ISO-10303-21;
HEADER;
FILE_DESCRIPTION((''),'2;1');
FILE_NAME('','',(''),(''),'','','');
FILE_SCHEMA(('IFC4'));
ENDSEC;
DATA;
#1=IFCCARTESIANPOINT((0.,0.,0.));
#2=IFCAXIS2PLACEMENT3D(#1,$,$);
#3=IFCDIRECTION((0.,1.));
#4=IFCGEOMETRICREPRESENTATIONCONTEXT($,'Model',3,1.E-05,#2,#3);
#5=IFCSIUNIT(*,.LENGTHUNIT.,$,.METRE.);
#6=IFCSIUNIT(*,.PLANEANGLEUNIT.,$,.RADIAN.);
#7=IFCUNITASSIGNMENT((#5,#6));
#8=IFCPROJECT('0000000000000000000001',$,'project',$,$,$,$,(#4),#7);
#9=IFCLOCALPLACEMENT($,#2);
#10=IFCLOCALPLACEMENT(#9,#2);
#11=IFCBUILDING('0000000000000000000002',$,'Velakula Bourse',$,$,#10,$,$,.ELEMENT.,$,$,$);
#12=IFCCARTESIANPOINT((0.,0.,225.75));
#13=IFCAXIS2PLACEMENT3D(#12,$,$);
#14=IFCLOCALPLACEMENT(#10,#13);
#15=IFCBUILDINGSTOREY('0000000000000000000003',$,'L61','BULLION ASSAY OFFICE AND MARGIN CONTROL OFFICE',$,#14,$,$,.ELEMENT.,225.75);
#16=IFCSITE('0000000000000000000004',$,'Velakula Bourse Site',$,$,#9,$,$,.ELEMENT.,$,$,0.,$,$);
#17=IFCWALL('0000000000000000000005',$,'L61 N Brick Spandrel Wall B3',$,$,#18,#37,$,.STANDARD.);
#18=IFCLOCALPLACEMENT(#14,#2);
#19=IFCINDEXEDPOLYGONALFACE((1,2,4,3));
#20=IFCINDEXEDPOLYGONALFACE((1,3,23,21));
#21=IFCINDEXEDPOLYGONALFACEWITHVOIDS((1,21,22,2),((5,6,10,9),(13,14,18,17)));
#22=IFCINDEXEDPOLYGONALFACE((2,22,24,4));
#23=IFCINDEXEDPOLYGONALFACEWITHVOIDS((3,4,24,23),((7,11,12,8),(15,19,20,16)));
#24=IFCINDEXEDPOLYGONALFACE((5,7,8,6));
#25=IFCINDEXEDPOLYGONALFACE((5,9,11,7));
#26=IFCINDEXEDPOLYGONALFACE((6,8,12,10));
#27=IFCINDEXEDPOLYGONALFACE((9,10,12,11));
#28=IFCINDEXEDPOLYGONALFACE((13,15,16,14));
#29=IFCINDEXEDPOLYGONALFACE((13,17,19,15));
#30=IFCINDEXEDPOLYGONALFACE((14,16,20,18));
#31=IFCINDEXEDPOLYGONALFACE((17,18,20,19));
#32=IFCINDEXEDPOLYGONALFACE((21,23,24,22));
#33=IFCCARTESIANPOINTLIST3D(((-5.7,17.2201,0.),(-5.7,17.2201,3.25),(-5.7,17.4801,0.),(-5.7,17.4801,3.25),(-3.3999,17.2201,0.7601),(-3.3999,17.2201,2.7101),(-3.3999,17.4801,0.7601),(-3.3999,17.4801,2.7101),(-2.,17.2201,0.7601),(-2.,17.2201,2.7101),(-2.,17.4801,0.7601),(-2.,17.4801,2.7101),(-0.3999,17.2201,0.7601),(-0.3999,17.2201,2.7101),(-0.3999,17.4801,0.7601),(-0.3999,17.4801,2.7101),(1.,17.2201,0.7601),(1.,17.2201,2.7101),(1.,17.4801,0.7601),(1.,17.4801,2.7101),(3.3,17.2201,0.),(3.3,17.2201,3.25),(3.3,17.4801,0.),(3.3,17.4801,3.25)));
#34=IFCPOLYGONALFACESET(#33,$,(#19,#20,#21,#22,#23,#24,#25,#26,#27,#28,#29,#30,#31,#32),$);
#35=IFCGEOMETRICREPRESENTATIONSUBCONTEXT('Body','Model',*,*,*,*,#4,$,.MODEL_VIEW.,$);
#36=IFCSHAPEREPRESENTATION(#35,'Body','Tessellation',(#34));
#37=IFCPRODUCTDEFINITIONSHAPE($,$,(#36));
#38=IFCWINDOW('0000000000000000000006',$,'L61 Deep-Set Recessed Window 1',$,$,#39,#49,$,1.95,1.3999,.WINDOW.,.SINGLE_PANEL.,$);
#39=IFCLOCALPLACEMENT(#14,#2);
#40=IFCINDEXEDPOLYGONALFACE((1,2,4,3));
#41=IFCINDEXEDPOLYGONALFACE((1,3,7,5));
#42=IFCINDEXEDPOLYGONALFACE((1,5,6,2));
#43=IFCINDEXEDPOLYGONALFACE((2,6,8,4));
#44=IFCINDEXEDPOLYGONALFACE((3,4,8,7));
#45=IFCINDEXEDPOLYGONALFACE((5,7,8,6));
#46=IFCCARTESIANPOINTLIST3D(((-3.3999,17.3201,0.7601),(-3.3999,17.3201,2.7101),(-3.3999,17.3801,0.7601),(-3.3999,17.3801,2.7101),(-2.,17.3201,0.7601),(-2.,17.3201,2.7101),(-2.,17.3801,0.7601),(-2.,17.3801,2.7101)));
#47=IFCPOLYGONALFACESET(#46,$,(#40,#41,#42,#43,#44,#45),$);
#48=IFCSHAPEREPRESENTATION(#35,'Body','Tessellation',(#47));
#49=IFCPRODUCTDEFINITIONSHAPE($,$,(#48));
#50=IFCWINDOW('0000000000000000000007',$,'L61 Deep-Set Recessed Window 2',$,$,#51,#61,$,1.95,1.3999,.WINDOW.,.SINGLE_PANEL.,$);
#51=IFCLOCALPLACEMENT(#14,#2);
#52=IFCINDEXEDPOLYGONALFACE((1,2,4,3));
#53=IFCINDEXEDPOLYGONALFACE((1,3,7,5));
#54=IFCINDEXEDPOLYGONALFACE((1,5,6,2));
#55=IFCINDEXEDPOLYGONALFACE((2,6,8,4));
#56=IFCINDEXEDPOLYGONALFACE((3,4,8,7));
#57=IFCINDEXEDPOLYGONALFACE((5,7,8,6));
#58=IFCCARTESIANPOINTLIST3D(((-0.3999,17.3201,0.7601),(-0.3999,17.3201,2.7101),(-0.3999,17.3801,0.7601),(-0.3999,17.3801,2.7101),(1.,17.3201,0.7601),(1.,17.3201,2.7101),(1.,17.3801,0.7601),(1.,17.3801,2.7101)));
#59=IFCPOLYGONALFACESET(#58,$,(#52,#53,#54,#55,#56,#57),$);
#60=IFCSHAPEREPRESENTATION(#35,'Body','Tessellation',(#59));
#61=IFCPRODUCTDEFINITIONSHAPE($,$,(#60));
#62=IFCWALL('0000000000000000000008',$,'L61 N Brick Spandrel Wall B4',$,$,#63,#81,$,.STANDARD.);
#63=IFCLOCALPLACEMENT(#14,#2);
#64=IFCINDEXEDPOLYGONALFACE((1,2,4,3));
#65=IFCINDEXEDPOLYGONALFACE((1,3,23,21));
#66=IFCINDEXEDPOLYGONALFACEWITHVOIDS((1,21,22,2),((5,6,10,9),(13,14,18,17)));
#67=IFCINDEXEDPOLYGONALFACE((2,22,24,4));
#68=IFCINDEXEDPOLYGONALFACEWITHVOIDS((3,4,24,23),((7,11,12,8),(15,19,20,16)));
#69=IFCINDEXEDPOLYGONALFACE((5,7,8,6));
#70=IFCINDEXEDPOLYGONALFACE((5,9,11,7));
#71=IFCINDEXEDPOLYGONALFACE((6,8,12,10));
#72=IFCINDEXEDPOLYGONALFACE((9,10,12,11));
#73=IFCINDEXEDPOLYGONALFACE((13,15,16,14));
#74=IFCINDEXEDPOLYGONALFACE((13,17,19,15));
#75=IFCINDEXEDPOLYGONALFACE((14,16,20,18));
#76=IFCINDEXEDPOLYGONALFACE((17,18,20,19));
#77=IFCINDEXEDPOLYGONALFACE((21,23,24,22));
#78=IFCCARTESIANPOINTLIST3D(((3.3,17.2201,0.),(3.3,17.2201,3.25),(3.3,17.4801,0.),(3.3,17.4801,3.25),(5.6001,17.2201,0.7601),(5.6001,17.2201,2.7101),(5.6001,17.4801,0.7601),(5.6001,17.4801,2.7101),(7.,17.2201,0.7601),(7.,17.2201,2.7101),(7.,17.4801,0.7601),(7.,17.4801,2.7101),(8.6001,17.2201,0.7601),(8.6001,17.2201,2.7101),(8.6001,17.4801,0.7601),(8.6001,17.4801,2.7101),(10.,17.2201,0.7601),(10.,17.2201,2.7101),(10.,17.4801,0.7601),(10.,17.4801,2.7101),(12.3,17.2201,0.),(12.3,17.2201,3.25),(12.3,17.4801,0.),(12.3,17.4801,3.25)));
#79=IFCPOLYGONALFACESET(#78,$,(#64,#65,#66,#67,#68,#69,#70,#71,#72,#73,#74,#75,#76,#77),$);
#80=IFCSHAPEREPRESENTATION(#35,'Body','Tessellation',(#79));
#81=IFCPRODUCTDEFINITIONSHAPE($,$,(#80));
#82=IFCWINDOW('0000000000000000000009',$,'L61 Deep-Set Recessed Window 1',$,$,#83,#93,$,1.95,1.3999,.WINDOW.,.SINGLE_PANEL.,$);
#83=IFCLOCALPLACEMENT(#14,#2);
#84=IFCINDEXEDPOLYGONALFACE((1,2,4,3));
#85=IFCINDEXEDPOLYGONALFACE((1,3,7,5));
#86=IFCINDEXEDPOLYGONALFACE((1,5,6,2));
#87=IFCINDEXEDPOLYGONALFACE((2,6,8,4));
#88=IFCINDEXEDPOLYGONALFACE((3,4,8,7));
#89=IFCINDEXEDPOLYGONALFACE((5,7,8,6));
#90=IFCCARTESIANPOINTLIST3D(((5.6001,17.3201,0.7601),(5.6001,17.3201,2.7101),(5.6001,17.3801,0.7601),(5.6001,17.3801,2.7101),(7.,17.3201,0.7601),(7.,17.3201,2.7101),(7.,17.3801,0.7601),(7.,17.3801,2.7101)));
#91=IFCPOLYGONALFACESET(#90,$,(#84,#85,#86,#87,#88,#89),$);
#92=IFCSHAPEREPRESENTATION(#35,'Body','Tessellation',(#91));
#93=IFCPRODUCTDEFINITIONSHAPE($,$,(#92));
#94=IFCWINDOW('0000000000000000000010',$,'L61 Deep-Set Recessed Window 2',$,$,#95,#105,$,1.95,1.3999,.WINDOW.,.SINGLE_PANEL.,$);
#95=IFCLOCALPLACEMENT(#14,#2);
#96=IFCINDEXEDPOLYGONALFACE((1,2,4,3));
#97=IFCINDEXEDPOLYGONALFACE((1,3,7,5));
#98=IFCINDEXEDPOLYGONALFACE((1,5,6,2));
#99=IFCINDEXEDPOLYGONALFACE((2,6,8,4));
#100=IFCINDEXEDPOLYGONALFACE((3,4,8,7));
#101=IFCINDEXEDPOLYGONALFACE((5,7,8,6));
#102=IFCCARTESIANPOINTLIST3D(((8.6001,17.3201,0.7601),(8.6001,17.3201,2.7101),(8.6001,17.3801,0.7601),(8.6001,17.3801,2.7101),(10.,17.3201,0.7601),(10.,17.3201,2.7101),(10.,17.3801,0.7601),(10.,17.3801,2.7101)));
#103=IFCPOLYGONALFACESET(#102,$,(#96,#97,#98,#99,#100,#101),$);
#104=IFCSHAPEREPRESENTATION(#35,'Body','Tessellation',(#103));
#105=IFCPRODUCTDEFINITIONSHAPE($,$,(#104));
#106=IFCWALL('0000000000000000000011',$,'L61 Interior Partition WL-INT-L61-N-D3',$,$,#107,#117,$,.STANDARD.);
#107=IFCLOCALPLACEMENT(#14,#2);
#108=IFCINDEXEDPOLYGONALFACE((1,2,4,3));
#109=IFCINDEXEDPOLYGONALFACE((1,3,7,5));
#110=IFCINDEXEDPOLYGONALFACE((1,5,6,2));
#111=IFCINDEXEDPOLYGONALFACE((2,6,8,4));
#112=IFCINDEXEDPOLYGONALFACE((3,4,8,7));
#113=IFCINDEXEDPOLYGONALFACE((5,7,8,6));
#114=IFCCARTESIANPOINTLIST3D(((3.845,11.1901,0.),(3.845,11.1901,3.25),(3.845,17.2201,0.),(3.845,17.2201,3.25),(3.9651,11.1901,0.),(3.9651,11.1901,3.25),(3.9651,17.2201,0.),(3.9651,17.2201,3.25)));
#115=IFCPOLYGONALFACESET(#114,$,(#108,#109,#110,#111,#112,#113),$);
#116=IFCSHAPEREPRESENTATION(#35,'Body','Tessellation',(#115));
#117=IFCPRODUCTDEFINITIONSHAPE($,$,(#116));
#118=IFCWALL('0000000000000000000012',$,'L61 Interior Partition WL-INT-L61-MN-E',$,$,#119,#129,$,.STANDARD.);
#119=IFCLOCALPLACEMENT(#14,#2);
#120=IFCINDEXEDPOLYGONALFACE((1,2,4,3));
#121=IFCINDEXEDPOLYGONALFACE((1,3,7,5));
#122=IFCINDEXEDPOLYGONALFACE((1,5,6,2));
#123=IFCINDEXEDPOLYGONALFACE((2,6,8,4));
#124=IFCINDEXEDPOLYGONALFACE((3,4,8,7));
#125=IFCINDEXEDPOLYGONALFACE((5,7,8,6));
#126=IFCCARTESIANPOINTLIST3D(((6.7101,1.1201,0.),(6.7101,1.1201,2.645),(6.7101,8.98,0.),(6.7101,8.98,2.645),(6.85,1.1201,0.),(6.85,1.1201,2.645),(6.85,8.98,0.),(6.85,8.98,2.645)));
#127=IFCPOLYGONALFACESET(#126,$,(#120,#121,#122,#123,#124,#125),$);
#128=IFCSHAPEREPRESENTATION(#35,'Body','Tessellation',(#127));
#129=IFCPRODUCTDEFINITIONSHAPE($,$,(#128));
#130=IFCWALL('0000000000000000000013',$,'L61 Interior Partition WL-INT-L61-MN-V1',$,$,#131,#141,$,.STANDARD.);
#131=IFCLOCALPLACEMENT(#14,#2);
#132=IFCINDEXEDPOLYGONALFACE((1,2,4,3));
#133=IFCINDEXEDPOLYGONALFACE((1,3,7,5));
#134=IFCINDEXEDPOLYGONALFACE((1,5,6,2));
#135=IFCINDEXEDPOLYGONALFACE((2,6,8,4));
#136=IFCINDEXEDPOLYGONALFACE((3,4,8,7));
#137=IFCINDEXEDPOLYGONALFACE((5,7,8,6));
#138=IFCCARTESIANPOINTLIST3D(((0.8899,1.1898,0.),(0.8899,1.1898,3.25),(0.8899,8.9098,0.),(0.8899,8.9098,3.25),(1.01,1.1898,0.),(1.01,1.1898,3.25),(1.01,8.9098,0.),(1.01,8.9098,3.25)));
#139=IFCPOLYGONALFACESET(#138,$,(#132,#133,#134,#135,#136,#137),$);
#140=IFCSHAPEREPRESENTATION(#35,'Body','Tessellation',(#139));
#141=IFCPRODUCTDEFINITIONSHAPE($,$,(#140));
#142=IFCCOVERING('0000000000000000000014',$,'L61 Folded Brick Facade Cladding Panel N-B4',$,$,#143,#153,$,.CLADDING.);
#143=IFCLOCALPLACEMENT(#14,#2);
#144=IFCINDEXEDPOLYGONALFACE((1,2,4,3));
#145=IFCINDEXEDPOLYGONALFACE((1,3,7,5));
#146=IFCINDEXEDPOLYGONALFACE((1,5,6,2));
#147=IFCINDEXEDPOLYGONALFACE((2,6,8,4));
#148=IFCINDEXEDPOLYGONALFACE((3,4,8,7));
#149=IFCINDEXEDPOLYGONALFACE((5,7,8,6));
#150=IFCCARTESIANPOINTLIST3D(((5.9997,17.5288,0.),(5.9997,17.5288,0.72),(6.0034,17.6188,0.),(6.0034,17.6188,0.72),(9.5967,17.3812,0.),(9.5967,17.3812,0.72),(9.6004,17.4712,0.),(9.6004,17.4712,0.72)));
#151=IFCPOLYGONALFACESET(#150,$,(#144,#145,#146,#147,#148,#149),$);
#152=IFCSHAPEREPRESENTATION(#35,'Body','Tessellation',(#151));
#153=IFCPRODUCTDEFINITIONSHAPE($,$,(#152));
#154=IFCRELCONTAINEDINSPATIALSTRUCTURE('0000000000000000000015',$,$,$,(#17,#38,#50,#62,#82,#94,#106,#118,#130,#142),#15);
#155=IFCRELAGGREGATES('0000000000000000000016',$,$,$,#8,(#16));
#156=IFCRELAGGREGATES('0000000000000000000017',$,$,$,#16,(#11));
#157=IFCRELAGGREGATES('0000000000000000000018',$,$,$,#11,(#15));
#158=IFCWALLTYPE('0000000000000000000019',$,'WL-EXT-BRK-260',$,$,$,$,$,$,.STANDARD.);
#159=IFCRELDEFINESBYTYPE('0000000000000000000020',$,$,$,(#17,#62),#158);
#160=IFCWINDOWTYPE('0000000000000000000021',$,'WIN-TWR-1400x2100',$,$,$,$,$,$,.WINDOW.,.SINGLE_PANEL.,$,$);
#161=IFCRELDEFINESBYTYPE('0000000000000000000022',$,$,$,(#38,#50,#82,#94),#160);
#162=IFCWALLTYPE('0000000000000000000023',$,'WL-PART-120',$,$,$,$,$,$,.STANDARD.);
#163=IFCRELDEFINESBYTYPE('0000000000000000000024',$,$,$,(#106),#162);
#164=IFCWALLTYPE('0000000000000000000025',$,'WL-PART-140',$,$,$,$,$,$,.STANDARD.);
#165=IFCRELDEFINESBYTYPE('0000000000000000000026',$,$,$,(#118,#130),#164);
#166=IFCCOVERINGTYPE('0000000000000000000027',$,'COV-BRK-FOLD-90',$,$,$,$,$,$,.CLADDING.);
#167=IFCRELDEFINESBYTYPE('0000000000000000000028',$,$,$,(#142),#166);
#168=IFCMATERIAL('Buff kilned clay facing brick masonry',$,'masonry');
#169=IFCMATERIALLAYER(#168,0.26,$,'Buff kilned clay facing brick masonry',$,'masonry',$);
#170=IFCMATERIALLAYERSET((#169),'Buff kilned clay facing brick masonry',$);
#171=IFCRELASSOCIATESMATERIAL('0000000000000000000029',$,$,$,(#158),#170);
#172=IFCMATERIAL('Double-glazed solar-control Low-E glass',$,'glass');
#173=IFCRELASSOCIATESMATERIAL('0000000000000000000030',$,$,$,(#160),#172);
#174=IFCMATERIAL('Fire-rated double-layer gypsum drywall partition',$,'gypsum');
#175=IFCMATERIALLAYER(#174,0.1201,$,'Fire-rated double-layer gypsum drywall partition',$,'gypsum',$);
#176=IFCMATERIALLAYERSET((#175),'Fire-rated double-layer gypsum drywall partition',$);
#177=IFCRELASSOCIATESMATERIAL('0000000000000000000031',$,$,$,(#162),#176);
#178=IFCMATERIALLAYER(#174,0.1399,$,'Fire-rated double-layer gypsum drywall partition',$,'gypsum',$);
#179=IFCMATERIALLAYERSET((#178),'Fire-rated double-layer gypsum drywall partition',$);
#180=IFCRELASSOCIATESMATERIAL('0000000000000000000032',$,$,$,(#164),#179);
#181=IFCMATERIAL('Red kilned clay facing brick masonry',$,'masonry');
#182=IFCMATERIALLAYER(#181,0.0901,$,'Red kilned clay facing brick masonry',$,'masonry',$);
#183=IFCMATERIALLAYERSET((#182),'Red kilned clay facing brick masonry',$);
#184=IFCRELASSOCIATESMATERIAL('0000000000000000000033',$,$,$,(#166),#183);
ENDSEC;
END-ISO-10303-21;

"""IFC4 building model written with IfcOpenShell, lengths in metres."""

from ifc_helpers import new_model, si_unit, direction, frame, frame_2d, origin, origin_2d, place, context, subcontext, project, spatial, rectangle, extrude, material, layer, layer_set, type_object, element, fill, save


model = new_model("IFC4")

# Units and contexts
model_context = context("Model", 3, precision=1e-05, world=origin(), true_north=direction((0.0, 1.0)))
body_context = subcontext(model_context, "Body", "Model", "MODEL_VIEW")
ifc_project = project(units=[si_unit("LENGTHUNIT", "METRE"), si_unit("PLANEANGLEUNIT", "RADIAN")], contexts=[model_context])

# Site, building, storey
site_placement = place(None, origin())
site = spatial("IfcSite", under=ifc_project, at=site_placement, Name="Velakula Bourse Site", CompositionType="ELEMENT", RefElevation=0.0)
building_placement = place(site_placement, origin())
building = spatial("IfcBuilding", under=site, at=building_placement, Name="Velakula Bourse", CompositionType="ELEMENT")
storey_placement = place(building_placement, frame((0.0, 0.0, 225.75)))
storey = spatial("IfcBuildingStorey", under=building, at=storey_placement, Name="L61", Description="BULLION ASSAY OFFICE AND MARGIN CONTROL OFFICE", CompositionType="ELEMENT", Elevation=225.75)

# Walls, openings, windows
ifc_material_1 = material(Name="Buff kilned clay facing brick masonry", Category="masonry")
ifc_layer_1 = layer(ifc_material_1, 0.26, Name="Buff kilned clay facing brick masonry", Category="masonry")
ifc_layer_set_1 = layer_set([ifc_layer_1], Name="Buff kilned clay facing brick masonry")
wall_type_1 = type_object("IfcWallType", Name="WL-EXT-BRK-260", PredefinedType="STANDARD", material=ifc_layer_set_1)
wall_1_placement = place(storey_placement, frame((-5.7, 17.3501, 0.0), z_axis=(0.0, 0.0, 1.0), x_axis=(1.0, 0.0, 0.0)))
wall_1 = element("IfcWall", 1, at=wall_1_placement, inside=storey, type_object=wall_type_1, Name="L61 N Brick Spandrel Wall B3", PredefinedType="STANDARD", context=body_context, shape_type="SweptSolid", body=[
    extrude(rectangle(XDim=9.0, YDim=0.26, at=frame_2d((4.5, 0.0))), origin(), (0.0, 0.0, 1.0), 3.25),
])
opening_1_placement = place(wall_1_placement, frame((2.3, 0.0, 0.76)))
opening_1 = element("IfcOpeningElement", 2, at=opening_1_placement, cuts=wall_1, PredefinedType="OPENING", context=body_context, shape_type="SweptSolid", body=[
    extrude(rectangle(XDim=1.3999, YDim=1.95, at=frame_2d((0.7, 0.9751))), frame((0.0, 0.1399, 0.0), z_axis=(0.0, -1.0, 0.0), x_axis=(1.0, 0.0, 0.0)), (0.0, 0.0, 1.0), 0.28),
])
opening_2_placement = place(wall_1_placement, frame((5.3, 0.0, 0.76)))
opening_2 = element("IfcOpeningElement", 3, at=opening_2_placement, cuts=wall_1, PredefinedType="OPENING", context=body_context, shape_type="SweptSolid", body=[
    extrude(rectangle(XDim=1.3999, YDim=1.95, at=frame_2d((0.7, 0.9751))), frame((0.0, 0.1399, 0.0), z_axis=(0.0, -1.0, 0.0), x_axis=(1.0, 0.0, 0.0)), (0.0, 0.0, 1.0), 0.28),
])
ifc_material_2 = material(Name="Double-glazed solar-control Low-E glass", Category="glass")
window_type = type_object("IfcWindowType", Name="WIN-TWR-1400x2100", PartitioningType="SINGLE_PANEL", PredefinedType="WINDOW", material=ifc_material_2)
window_1_placement = place(opening_1_placement, origin())
window_1 = element("IfcWindow", 4, at=window_1_placement, inside=storey, type_object=window_type, Name="L61 Deep-Set Recessed Window 1", OverallHeight=1.95, OverallWidth=1.3999, PartitioningType="SINGLE_PANEL", PredefinedType="WINDOW", context=body_context, shape_type="SweptSolid", body=[
    extrude(rectangle(XDim=1.3999, YDim=1.95, at=frame_2d((0.7, 0.9751))), frame((0.0, 0.03, 0.0), z_axis=(0.0, -1.0, 0.0), x_axis=(1.0, 0.0, 0.0)), (0.0, 0.0, 1.0), 0.0601),
])
fill(opening_1, window_1)
window_2_placement = place(opening_2_placement, origin())
window_2 = element("IfcWindow", 5, at=window_2_placement, inside=storey, type_object=window_type, Name="L61 Deep-Set Recessed Window 2", OverallHeight=1.95, OverallWidth=1.3999, PartitioningType="SINGLE_PANEL", PredefinedType="WINDOW", context=body_context, shape_type="SweptSolid", body=[
    extrude(rectangle(XDim=1.3999, YDim=1.95, at=frame_2d((0.7, 0.9751))), frame((0.0, 0.03, 0.0), z_axis=(0.0, -1.0, 0.0), x_axis=(1.0, 0.0, 0.0)), (0.0, 0.0, 1.0), 0.0601),
])
fill(opening_2, window_2)
wall_2_placement = place(storey_placement, frame((3.3, 17.3501, 0.0), z_axis=(0.0, 0.0, 1.0), x_axis=(1.0, 0.0, 0.0)))
wall_2 = element("IfcWall", 6, at=wall_2_placement, inside=storey, type_object=wall_type_1, Name="L61 N Brick Spandrel Wall B4", PredefinedType="STANDARD", context=body_context, shape_type="SweptSolid", body=[
    extrude(rectangle(XDim=9.0, YDim=0.26, at=frame_2d((4.5, 0.0))), origin(), (0.0, 0.0, 1.0), 3.25),
])
opening_3_placement = place(wall_2_placement, frame((2.3, 0.0, 0.76)))
opening_3 = element("IfcOpeningElement", 7, at=opening_3_placement, cuts=wall_2, PredefinedType="OPENING", context=body_context, shape_type="SweptSolid", body=[
    extrude(rectangle(XDim=1.3999, YDim=1.95, at=frame_2d((0.7, 0.9751))), frame((0.0, 0.1399, 0.0), z_axis=(0.0, -1.0, 0.0), x_axis=(1.0, 0.0, 0.0)), (0.0, 0.0, 1.0), 0.28),
])
opening_4_placement = place(wall_2_placement, frame((5.3, 0.0, 0.76)))
opening_4 = element("IfcOpeningElement", 8, at=opening_4_placement, cuts=wall_2, PredefinedType="OPENING", context=body_context, shape_type="SweptSolid", body=[
    extrude(rectangle(XDim=1.3999, YDim=1.95, at=frame_2d((0.7, 0.9751))), frame((0.0, 0.1399, 0.0), z_axis=(0.0, -1.0, 0.0), x_axis=(1.0, 0.0, 0.0)), (0.0, 0.0, 1.0), 0.28),
])
window_3_placement = place(opening_3_placement, origin())
window_3 = element("IfcWindow", 9, at=window_3_placement, inside=storey, type_object=window_type, Name="L61 Deep-Set Recessed Window 1", OverallHeight=1.95, OverallWidth=1.3999, PartitioningType="SINGLE_PANEL", PredefinedType="WINDOW", context=body_context, shape_type="SweptSolid", body=[
    extrude(rectangle(XDim=1.3999, YDim=1.95, at=frame_2d((0.7, 0.9751))), frame((0.0, 0.03, 0.0), z_axis=(0.0, -1.0, 0.0), x_axis=(1.0, 0.0, 0.0)), (0.0, 0.0, 1.0), 0.0601),
])
fill(opening_3, window_3)
window_4_placement = place(opening_4_placement, origin())
window_4 = element("IfcWindow", 10, at=window_4_placement, inside=storey, type_object=window_type, Name="L61 Deep-Set Recessed Window 2", OverallHeight=1.95, OverallWidth=1.3999, PartitioningType="SINGLE_PANEL", PredefinedType="WINDOW", context=body_context, shape_type="SweptSolid", body=[
    extrude(rectangle(XDim=1.3999, YDim=1.95, at=frame_2d((0.7, 0.9751))), frame((0.0, 0.03, 0.0), z_axis=(0.0, -1.0, 0.0), x_axis=(1.0, 0.0, 0.0)), (0.0, 0.0, 1.0), 0.0601),
])
fill(opening_4, window_4)

# Walls
ifc_material_3 = material(Name="Fire-rated double-layer gypsum drywall partition", Category="gypsum")
ifc_layer_2 = layer(ifc_material_3, 0.1201, Name="Fire-rated double-layer gypsum drywall partition", Category="gypsum")
ifc_layer_set_2 = layer_set([ifc_layer_2], Name="Fire-rated double-layer gypsum drywall partition")
wall_type_2 = type_object("IfcWallType", Name="WL-PART-120", PredefinedType="STANDARD", material=ifc_layer_set_2)
wall_3_placement = place(storey_placement, frame((3.905, 11.1899, 0.0), z_axis=(0.0, 0.0, 1.0), x_axis=(0.0, 1.0, 0.0)))
element("IfcWall", 11, at=wall_3_placement, inside=storey, type_object=wall_type_2, Name="L61 Interior Partition WL-INT-L61-N-D3", PredefinedType="STANDARD", context=body_context, shape_type="SweptSolid", body=[
    extrude(rectangle(XDim=6.03, YDim=0.1201, at=frame_2d((3.0151, 0.0))), origin(), (0.0, 0.0, 1.0), 3.25),
])
ifc_layer_3 = layer(ifc_material_3, 0.1399, Name="Fire-rated double-layer gypsum drywall partition", Category="gypsum")
ifc_layer_set_3 = layer_set([ifc_layer_3], Name="Fire-rated double-layer gypsum drywall partition")
wall_type_3 = type_object("IfcWallType", Name="WL-PART-140", PredefinedType="STANDARD", material=ifc_layer_set_3)
wall_4_placement = place(storey_placement, frame((6.78, 1.1201, 0.0), z_axis=(0.0, 0.0, 1.0), x_axis=(0.0, 1.0, 0.0)))
element("IfcWall", 12, at=wall_4_placement, inside=storey, type_object=wall_type_3, Name="L61 Interior Partition WL-INT-L61-MN-E", PredefinedType="STANDARD", context=body_context, shape_type="SweptSolid", body=[
    extrude(rectangle(XDim=7.8599, YDim=0.1399, at=frame_2d((3.9299, 0.0))), origin(), (0.0, 0.0, 1.0), 2.645),
])
wall_5_placement = place(storey_placement, frame((0.95, 1.1899, 0.0), z_axis=(0.0, 0.0, 1.0), x_axis=(0.0, 1.0, 0.0)))
element("IfcWall", 13, at=wall_5_placement, inside=storey, type_object=wall_type_3, Name="L61 Interior Partition WL-INT-L61-MN-V1", PredefinedType="STANDARD", context=body_context, shape_type="SweptSolid", body=[
    extrude(rectangle(XDim=7.72, YDim=0.1201, at=frame_2d((3.8599, 0.0))), origin(), (0.0, 0.0, 1.0), 3.25),
])

# Covering
ifc_material_4 = material(Name="Red kilned clay facing brick masonry", Category="masonry")
ifc_layer_4 = layer(ifc_material_4, 0.0901, Name="Red kilned clay facing brick masonry", Category="masonry")
ifc_layer_set_4 = layer_set([ifc_layer_4], Name="Red kilned clay facing brick masonry")
covering_type = type_object("IfcCoveringType", Name="COV-BRK-FOLD-90", PredefinedType="CLADDING", material=ifc_layer_set_4)
covering_placement = place(storey_placement, frame((7.8, 17.5, 0.0), z_axis=(0.0, 0.0, 1.0), x_axis=(0.999159, -0.041004, 0.0)))
element("IfcCovering", 14, at=covering_placement, inside=storey, type_object=covering_type, Name="L61 Folded Brick Facade Cladding Panel N-B4", PredefinedType="CLADDING", context=body_context, shape_type="SweptSolid", body=[
    extrude(rectangle(XDim=3.6001, YDim=0.0901, at=origin_2d()), origin(), (0.0, 0.0, 1.0), 0.72),
])

save(model, "model.ifc")
